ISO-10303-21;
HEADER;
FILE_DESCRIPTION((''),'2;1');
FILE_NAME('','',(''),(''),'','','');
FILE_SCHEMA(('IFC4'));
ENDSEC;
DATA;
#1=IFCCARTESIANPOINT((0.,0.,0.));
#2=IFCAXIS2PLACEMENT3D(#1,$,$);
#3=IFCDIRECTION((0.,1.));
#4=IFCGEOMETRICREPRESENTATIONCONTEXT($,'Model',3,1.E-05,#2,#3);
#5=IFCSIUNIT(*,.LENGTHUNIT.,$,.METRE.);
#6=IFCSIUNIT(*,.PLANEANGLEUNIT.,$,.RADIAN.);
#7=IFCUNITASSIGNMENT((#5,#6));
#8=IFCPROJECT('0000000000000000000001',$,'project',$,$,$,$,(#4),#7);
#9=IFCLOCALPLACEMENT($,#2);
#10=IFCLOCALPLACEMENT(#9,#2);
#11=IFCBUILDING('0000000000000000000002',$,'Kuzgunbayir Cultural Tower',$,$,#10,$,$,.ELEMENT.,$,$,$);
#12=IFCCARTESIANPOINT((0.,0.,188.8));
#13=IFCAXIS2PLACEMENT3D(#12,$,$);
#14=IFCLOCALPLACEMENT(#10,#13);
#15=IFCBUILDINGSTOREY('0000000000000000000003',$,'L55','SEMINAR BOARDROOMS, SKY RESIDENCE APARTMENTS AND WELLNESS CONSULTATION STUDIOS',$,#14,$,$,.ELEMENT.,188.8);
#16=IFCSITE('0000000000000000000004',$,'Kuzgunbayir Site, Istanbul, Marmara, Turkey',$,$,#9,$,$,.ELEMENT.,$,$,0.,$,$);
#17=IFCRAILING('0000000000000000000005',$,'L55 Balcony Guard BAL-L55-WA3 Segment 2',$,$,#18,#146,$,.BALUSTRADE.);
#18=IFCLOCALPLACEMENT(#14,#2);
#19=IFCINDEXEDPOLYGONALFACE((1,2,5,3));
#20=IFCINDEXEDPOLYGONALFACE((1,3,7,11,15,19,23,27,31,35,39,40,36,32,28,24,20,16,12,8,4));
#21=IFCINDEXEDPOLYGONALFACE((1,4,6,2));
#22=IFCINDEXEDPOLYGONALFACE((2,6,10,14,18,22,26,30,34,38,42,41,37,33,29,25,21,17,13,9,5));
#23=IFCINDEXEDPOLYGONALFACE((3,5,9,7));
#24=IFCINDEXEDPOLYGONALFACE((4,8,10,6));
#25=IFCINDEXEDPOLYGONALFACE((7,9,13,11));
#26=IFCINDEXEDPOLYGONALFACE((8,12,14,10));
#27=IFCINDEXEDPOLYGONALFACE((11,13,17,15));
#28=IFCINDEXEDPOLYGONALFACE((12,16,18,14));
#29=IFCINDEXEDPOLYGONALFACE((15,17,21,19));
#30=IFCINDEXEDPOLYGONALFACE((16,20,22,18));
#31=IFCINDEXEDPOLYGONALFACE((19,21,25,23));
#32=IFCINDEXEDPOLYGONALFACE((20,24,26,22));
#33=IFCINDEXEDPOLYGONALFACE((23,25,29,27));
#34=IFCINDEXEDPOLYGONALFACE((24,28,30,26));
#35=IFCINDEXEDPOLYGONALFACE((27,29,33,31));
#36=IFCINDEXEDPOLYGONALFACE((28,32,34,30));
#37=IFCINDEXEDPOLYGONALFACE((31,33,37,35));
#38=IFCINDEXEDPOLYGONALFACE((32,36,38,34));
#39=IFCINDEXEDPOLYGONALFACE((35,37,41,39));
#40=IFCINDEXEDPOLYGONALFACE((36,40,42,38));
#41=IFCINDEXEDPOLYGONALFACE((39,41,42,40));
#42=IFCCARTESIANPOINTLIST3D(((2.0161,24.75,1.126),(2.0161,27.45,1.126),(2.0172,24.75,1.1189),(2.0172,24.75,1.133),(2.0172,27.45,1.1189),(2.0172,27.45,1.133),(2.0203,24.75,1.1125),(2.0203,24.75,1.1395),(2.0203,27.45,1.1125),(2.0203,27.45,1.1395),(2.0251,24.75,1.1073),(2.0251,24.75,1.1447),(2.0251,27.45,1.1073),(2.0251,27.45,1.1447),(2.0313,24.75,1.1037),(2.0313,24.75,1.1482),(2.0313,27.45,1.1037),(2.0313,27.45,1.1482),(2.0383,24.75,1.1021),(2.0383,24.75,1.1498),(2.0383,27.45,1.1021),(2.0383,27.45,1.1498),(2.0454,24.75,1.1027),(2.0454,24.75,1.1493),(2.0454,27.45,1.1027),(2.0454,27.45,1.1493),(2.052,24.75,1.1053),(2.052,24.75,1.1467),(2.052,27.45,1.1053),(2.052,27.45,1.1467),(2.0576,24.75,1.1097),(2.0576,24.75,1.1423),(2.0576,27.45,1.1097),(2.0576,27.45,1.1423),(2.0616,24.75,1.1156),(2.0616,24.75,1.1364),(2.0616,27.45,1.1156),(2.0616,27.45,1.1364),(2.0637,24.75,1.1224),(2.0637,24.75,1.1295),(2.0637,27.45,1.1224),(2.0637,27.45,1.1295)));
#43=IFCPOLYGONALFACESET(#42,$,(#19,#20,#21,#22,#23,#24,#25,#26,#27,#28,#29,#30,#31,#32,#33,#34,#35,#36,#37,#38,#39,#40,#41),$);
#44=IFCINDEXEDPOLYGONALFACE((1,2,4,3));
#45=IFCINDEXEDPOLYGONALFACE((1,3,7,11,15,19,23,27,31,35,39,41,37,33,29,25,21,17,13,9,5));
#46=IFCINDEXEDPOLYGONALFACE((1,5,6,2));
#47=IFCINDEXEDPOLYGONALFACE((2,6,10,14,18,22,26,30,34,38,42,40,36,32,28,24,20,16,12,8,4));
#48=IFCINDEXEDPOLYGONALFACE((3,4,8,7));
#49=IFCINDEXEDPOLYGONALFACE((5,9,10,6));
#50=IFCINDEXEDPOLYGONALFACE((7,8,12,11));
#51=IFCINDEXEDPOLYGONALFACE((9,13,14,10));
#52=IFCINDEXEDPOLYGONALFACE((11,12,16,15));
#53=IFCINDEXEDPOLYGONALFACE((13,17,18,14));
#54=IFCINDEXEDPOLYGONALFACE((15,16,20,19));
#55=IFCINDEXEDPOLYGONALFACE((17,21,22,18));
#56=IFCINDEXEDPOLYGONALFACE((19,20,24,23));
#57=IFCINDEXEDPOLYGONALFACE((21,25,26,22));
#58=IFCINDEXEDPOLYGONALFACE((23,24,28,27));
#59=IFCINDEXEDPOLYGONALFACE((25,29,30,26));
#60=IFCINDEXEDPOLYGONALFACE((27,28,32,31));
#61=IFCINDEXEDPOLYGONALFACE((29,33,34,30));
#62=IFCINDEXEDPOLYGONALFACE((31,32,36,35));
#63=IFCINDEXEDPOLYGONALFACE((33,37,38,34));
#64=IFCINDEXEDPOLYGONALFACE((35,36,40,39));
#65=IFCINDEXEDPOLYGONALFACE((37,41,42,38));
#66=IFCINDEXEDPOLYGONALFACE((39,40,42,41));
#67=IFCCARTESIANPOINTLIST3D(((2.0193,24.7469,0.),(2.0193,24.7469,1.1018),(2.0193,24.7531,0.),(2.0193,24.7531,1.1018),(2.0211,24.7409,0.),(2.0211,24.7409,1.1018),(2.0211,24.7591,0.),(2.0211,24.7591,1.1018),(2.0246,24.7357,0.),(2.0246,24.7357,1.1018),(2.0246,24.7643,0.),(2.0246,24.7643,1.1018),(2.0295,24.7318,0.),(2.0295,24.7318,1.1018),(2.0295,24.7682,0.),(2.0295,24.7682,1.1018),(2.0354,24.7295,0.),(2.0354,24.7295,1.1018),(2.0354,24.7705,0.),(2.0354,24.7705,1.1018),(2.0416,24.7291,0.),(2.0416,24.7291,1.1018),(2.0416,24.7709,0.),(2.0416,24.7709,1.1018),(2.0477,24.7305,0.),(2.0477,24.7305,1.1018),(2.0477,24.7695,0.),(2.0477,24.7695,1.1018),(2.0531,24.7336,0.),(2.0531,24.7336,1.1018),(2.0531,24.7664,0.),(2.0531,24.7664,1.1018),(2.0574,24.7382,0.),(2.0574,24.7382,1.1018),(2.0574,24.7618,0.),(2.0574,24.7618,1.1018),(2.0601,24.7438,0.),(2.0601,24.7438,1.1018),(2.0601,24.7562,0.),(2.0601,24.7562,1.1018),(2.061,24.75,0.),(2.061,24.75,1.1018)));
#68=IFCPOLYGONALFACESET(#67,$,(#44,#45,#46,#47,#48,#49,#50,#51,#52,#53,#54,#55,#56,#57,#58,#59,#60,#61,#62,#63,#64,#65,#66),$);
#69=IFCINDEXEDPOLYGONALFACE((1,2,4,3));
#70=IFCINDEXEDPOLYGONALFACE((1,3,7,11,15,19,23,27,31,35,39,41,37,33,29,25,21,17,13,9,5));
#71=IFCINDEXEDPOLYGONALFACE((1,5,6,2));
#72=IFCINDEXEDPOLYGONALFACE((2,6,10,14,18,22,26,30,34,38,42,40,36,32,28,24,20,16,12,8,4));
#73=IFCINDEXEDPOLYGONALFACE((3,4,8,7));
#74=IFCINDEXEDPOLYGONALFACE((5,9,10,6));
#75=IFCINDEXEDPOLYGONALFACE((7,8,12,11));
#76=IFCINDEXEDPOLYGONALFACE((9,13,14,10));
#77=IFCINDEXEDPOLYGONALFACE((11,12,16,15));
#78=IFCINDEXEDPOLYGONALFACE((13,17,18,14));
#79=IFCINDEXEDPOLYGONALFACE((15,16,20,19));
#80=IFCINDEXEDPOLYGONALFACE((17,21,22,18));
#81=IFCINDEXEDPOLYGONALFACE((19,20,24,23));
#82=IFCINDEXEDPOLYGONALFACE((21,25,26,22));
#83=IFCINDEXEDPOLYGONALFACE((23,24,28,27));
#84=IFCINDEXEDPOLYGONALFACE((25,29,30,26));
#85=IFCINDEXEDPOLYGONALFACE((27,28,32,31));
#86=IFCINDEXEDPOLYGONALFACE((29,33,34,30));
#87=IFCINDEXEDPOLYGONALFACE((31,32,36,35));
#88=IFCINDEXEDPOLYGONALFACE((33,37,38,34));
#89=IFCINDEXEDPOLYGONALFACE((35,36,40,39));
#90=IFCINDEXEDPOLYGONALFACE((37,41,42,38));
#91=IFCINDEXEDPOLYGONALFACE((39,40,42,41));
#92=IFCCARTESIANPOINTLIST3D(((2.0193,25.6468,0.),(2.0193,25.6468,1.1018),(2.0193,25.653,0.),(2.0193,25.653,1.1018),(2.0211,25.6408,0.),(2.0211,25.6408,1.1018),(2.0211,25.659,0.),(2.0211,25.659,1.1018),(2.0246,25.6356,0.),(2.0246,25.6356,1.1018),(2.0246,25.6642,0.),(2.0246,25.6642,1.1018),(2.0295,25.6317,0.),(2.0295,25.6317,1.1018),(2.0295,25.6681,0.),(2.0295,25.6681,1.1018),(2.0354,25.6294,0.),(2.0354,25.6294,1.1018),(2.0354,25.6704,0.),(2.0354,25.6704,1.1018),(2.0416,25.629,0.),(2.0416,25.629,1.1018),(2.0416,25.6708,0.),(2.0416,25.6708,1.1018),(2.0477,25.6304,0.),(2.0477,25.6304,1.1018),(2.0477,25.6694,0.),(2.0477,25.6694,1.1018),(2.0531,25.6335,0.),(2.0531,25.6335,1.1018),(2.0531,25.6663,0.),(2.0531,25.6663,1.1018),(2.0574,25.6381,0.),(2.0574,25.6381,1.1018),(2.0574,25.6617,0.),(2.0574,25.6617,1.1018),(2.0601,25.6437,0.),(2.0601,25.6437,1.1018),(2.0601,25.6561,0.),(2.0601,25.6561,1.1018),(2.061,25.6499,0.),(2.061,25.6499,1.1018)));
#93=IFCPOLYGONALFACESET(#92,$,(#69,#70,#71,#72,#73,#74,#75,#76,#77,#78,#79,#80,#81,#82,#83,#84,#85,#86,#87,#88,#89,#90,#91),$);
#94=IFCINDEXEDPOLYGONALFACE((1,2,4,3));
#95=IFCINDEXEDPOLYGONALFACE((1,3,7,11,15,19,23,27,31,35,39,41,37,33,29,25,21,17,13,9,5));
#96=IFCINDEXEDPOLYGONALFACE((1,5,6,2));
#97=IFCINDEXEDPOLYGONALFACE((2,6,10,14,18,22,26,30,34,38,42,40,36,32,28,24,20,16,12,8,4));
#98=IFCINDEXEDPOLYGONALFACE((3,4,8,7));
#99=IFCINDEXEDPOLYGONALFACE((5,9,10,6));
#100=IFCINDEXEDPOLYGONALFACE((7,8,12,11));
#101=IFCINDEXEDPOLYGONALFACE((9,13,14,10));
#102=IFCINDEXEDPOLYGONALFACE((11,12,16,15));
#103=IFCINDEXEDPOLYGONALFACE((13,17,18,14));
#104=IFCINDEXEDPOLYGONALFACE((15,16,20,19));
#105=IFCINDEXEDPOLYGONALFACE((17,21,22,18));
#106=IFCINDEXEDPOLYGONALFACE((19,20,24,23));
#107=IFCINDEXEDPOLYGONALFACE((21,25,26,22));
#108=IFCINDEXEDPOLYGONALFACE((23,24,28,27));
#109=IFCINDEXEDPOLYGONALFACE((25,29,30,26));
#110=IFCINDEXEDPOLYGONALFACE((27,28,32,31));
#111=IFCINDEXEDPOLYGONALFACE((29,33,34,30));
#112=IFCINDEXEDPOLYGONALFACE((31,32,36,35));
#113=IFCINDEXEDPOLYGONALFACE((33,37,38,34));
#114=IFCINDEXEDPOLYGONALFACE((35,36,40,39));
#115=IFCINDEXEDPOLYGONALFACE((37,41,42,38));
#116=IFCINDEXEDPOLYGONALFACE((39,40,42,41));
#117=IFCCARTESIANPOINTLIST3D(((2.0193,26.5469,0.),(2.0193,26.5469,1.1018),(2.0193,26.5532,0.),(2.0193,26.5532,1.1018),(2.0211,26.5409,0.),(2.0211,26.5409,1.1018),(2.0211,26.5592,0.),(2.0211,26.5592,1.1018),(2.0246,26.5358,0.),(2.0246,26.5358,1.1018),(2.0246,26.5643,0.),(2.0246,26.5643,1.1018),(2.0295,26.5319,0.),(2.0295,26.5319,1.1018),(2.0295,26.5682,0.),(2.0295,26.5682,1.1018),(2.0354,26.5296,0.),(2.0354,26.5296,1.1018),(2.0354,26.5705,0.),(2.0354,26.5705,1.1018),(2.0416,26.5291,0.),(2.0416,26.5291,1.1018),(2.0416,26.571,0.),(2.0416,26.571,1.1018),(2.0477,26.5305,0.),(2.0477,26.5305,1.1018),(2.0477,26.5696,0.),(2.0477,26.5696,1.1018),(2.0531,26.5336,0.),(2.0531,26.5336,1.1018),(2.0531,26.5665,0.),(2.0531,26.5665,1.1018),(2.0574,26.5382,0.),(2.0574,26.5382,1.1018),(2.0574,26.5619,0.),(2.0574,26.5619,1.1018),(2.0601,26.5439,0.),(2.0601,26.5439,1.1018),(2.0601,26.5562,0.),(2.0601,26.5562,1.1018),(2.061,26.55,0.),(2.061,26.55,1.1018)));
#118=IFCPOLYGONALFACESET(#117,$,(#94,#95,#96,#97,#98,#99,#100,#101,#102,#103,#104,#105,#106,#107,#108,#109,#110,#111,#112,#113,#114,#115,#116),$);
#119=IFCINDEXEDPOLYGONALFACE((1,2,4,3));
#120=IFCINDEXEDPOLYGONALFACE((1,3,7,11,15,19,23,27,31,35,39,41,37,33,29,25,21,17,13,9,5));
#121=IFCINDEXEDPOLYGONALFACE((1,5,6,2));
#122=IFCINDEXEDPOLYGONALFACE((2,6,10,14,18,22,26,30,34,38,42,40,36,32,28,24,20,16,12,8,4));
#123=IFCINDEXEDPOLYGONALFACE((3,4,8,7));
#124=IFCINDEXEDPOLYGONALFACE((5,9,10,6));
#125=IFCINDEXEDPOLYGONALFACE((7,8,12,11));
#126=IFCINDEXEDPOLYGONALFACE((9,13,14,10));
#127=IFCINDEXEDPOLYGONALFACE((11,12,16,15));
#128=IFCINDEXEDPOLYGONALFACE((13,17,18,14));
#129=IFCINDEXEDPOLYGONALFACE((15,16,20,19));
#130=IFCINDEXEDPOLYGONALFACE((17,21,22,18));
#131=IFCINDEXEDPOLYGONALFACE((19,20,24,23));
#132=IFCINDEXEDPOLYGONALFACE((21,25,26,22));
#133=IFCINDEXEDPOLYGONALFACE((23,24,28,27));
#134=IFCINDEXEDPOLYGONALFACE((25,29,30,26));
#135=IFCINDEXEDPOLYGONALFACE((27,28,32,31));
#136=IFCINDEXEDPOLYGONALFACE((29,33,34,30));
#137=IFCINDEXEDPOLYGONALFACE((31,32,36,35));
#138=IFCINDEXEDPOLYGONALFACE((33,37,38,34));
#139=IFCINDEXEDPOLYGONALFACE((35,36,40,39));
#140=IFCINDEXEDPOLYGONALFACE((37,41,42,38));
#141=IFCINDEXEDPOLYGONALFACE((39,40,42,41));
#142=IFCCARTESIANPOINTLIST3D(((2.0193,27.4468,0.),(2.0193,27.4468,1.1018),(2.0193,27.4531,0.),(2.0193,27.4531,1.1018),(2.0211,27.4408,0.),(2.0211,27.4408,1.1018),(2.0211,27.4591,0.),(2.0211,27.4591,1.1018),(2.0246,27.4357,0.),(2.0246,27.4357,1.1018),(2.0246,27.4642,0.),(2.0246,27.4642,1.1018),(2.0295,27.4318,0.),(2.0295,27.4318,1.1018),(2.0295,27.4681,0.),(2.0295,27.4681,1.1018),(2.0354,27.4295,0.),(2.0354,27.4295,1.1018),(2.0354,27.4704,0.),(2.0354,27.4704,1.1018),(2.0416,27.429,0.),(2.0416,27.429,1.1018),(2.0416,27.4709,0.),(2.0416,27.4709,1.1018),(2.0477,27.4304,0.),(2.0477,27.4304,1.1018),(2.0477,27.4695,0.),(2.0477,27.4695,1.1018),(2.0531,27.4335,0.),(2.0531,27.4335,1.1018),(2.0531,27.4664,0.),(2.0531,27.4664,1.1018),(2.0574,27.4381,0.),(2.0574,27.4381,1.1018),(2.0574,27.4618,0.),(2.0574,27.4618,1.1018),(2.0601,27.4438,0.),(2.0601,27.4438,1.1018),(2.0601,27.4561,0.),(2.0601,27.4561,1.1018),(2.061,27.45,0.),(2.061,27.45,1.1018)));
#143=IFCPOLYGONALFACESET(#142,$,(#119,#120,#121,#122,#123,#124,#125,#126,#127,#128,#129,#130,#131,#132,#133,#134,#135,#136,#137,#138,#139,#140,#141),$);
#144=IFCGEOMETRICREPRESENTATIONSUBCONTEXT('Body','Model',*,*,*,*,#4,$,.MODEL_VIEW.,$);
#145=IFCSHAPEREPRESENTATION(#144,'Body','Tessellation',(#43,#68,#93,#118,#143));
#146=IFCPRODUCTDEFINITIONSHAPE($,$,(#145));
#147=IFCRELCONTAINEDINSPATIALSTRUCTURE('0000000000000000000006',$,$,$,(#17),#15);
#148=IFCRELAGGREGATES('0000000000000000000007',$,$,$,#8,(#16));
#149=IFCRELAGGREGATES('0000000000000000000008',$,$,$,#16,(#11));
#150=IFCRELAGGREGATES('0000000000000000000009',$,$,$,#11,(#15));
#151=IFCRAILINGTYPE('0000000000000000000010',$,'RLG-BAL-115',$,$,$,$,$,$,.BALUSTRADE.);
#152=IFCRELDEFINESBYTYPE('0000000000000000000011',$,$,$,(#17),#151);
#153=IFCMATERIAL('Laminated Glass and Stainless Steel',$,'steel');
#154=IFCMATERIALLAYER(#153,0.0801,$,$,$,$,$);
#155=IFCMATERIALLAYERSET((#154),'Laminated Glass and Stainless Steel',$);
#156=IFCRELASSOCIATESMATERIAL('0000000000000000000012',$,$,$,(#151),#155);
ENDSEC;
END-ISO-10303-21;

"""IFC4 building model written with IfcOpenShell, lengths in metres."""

from ifc_helpers import new_model, si_unit, direction, frame, origin, origin_2d, place, context, subcontext, project, spatial, circle, extrude, material, layer, layer_set, type_object, element, save


model = new_model("IFC4")

# Units and contexts
model_context = context("Model", 3, precision=1e-05, world=origin(), true_north=direction((0.0, 1.0)))
body_context = subcontext(model_context, "Body", "Model", "MODEL_VIEW")
ifc_project = project(units=[si_unit("LENGTHUNIT", "METRE"), si_unit("PLANEANGLEUNIT", "RADIAN")], contexts=[model_context])

# Site, building, storey
site_placement = place(None, origin())
site = spatial("IfcSite", under=ifc_project, at=site_placement, Name="Kuzgunbayir Site, Istanbul, Marmara, Turkey", CompositionType="ELEMENT", RefElevation=0.0)
building_placement = place(site_placement, origin())
building = spatial("IfcBuilding", under=site, at=building_placement, Name="Kuzgunbayir Cultural Tower", CompositionType="ELEMENT")
storey_placement = place(building_placement, frame((0.0, 0.0, 188.8)))
storey = spatial("IfcBuildingStorey", under=building, at=storey_placement, Name="L55", Description="SEMINAR BOARDROOMS, SKY RESIDENCE APARTMENTS AND WELLNESS CONSULTATION STUDIOS", CompositionType="ELEMENT", Elevation=188.8)

# Railing
ifc_material_1 = material(Name="Laminated Glass and Stainless Steel", Category="steel")
ifc_layer_1 = layer(ifc_material_1, 0.0801)
ifc_layer_set_1 = layer_set([ifc_layer_1], Name="Laminated Glass and Stainless Steel")
railing_type = type_object("IfcRailingType", Name="RLG-BAL-115", PredefinedType="BALUSTRADE", material=ifc_layer_set_1)
railing_1_placement = place(storey_placement, frame((2.04, 24.75, 0.0)))
element("IfcRailing", 1, at=railing_1_placement, inside=storey, type_object=railing_type, Name="L55 Balcony Guard BAL-L55-WA3 Segment 2", PredefinedType="BALUSTRADE", context=body_context, shape_type="SweptSolid", body=[
    extrude(circle(Radius=0.0239, at=origin_2d()), frame((0.0, 0.0, 1.126), z_axis=(0.0, 1.0, 0.0), x_axis=(-1.0, 0.0, 0.0)), (0.0, 0.0, 1.0), 2.7),
    extrude(circle(Radius=0.021, at=origin_2d()), origin(), (0.0, 0.0, 1.0), 1.1018),
    extrude(circle(Radius=0.021, at=origin_2d()), frame((0.0, 0.8999, 0.0)), (0.0, 0.0, 1.0), 1.1018),
    extrude(circle(Radius=0.021, at=origin_2d()), frame((0.0, 1.8, 0.0)), (0.0, 0.0, 1.0), 1.1018),
    extrude(circle(Radius=0.021, at=origin_2d()), frame((0.0, 2.7, 0.0)), (0.0, 0.0, 1.0), 1.1018),
])

save(model, "model.ifc")
